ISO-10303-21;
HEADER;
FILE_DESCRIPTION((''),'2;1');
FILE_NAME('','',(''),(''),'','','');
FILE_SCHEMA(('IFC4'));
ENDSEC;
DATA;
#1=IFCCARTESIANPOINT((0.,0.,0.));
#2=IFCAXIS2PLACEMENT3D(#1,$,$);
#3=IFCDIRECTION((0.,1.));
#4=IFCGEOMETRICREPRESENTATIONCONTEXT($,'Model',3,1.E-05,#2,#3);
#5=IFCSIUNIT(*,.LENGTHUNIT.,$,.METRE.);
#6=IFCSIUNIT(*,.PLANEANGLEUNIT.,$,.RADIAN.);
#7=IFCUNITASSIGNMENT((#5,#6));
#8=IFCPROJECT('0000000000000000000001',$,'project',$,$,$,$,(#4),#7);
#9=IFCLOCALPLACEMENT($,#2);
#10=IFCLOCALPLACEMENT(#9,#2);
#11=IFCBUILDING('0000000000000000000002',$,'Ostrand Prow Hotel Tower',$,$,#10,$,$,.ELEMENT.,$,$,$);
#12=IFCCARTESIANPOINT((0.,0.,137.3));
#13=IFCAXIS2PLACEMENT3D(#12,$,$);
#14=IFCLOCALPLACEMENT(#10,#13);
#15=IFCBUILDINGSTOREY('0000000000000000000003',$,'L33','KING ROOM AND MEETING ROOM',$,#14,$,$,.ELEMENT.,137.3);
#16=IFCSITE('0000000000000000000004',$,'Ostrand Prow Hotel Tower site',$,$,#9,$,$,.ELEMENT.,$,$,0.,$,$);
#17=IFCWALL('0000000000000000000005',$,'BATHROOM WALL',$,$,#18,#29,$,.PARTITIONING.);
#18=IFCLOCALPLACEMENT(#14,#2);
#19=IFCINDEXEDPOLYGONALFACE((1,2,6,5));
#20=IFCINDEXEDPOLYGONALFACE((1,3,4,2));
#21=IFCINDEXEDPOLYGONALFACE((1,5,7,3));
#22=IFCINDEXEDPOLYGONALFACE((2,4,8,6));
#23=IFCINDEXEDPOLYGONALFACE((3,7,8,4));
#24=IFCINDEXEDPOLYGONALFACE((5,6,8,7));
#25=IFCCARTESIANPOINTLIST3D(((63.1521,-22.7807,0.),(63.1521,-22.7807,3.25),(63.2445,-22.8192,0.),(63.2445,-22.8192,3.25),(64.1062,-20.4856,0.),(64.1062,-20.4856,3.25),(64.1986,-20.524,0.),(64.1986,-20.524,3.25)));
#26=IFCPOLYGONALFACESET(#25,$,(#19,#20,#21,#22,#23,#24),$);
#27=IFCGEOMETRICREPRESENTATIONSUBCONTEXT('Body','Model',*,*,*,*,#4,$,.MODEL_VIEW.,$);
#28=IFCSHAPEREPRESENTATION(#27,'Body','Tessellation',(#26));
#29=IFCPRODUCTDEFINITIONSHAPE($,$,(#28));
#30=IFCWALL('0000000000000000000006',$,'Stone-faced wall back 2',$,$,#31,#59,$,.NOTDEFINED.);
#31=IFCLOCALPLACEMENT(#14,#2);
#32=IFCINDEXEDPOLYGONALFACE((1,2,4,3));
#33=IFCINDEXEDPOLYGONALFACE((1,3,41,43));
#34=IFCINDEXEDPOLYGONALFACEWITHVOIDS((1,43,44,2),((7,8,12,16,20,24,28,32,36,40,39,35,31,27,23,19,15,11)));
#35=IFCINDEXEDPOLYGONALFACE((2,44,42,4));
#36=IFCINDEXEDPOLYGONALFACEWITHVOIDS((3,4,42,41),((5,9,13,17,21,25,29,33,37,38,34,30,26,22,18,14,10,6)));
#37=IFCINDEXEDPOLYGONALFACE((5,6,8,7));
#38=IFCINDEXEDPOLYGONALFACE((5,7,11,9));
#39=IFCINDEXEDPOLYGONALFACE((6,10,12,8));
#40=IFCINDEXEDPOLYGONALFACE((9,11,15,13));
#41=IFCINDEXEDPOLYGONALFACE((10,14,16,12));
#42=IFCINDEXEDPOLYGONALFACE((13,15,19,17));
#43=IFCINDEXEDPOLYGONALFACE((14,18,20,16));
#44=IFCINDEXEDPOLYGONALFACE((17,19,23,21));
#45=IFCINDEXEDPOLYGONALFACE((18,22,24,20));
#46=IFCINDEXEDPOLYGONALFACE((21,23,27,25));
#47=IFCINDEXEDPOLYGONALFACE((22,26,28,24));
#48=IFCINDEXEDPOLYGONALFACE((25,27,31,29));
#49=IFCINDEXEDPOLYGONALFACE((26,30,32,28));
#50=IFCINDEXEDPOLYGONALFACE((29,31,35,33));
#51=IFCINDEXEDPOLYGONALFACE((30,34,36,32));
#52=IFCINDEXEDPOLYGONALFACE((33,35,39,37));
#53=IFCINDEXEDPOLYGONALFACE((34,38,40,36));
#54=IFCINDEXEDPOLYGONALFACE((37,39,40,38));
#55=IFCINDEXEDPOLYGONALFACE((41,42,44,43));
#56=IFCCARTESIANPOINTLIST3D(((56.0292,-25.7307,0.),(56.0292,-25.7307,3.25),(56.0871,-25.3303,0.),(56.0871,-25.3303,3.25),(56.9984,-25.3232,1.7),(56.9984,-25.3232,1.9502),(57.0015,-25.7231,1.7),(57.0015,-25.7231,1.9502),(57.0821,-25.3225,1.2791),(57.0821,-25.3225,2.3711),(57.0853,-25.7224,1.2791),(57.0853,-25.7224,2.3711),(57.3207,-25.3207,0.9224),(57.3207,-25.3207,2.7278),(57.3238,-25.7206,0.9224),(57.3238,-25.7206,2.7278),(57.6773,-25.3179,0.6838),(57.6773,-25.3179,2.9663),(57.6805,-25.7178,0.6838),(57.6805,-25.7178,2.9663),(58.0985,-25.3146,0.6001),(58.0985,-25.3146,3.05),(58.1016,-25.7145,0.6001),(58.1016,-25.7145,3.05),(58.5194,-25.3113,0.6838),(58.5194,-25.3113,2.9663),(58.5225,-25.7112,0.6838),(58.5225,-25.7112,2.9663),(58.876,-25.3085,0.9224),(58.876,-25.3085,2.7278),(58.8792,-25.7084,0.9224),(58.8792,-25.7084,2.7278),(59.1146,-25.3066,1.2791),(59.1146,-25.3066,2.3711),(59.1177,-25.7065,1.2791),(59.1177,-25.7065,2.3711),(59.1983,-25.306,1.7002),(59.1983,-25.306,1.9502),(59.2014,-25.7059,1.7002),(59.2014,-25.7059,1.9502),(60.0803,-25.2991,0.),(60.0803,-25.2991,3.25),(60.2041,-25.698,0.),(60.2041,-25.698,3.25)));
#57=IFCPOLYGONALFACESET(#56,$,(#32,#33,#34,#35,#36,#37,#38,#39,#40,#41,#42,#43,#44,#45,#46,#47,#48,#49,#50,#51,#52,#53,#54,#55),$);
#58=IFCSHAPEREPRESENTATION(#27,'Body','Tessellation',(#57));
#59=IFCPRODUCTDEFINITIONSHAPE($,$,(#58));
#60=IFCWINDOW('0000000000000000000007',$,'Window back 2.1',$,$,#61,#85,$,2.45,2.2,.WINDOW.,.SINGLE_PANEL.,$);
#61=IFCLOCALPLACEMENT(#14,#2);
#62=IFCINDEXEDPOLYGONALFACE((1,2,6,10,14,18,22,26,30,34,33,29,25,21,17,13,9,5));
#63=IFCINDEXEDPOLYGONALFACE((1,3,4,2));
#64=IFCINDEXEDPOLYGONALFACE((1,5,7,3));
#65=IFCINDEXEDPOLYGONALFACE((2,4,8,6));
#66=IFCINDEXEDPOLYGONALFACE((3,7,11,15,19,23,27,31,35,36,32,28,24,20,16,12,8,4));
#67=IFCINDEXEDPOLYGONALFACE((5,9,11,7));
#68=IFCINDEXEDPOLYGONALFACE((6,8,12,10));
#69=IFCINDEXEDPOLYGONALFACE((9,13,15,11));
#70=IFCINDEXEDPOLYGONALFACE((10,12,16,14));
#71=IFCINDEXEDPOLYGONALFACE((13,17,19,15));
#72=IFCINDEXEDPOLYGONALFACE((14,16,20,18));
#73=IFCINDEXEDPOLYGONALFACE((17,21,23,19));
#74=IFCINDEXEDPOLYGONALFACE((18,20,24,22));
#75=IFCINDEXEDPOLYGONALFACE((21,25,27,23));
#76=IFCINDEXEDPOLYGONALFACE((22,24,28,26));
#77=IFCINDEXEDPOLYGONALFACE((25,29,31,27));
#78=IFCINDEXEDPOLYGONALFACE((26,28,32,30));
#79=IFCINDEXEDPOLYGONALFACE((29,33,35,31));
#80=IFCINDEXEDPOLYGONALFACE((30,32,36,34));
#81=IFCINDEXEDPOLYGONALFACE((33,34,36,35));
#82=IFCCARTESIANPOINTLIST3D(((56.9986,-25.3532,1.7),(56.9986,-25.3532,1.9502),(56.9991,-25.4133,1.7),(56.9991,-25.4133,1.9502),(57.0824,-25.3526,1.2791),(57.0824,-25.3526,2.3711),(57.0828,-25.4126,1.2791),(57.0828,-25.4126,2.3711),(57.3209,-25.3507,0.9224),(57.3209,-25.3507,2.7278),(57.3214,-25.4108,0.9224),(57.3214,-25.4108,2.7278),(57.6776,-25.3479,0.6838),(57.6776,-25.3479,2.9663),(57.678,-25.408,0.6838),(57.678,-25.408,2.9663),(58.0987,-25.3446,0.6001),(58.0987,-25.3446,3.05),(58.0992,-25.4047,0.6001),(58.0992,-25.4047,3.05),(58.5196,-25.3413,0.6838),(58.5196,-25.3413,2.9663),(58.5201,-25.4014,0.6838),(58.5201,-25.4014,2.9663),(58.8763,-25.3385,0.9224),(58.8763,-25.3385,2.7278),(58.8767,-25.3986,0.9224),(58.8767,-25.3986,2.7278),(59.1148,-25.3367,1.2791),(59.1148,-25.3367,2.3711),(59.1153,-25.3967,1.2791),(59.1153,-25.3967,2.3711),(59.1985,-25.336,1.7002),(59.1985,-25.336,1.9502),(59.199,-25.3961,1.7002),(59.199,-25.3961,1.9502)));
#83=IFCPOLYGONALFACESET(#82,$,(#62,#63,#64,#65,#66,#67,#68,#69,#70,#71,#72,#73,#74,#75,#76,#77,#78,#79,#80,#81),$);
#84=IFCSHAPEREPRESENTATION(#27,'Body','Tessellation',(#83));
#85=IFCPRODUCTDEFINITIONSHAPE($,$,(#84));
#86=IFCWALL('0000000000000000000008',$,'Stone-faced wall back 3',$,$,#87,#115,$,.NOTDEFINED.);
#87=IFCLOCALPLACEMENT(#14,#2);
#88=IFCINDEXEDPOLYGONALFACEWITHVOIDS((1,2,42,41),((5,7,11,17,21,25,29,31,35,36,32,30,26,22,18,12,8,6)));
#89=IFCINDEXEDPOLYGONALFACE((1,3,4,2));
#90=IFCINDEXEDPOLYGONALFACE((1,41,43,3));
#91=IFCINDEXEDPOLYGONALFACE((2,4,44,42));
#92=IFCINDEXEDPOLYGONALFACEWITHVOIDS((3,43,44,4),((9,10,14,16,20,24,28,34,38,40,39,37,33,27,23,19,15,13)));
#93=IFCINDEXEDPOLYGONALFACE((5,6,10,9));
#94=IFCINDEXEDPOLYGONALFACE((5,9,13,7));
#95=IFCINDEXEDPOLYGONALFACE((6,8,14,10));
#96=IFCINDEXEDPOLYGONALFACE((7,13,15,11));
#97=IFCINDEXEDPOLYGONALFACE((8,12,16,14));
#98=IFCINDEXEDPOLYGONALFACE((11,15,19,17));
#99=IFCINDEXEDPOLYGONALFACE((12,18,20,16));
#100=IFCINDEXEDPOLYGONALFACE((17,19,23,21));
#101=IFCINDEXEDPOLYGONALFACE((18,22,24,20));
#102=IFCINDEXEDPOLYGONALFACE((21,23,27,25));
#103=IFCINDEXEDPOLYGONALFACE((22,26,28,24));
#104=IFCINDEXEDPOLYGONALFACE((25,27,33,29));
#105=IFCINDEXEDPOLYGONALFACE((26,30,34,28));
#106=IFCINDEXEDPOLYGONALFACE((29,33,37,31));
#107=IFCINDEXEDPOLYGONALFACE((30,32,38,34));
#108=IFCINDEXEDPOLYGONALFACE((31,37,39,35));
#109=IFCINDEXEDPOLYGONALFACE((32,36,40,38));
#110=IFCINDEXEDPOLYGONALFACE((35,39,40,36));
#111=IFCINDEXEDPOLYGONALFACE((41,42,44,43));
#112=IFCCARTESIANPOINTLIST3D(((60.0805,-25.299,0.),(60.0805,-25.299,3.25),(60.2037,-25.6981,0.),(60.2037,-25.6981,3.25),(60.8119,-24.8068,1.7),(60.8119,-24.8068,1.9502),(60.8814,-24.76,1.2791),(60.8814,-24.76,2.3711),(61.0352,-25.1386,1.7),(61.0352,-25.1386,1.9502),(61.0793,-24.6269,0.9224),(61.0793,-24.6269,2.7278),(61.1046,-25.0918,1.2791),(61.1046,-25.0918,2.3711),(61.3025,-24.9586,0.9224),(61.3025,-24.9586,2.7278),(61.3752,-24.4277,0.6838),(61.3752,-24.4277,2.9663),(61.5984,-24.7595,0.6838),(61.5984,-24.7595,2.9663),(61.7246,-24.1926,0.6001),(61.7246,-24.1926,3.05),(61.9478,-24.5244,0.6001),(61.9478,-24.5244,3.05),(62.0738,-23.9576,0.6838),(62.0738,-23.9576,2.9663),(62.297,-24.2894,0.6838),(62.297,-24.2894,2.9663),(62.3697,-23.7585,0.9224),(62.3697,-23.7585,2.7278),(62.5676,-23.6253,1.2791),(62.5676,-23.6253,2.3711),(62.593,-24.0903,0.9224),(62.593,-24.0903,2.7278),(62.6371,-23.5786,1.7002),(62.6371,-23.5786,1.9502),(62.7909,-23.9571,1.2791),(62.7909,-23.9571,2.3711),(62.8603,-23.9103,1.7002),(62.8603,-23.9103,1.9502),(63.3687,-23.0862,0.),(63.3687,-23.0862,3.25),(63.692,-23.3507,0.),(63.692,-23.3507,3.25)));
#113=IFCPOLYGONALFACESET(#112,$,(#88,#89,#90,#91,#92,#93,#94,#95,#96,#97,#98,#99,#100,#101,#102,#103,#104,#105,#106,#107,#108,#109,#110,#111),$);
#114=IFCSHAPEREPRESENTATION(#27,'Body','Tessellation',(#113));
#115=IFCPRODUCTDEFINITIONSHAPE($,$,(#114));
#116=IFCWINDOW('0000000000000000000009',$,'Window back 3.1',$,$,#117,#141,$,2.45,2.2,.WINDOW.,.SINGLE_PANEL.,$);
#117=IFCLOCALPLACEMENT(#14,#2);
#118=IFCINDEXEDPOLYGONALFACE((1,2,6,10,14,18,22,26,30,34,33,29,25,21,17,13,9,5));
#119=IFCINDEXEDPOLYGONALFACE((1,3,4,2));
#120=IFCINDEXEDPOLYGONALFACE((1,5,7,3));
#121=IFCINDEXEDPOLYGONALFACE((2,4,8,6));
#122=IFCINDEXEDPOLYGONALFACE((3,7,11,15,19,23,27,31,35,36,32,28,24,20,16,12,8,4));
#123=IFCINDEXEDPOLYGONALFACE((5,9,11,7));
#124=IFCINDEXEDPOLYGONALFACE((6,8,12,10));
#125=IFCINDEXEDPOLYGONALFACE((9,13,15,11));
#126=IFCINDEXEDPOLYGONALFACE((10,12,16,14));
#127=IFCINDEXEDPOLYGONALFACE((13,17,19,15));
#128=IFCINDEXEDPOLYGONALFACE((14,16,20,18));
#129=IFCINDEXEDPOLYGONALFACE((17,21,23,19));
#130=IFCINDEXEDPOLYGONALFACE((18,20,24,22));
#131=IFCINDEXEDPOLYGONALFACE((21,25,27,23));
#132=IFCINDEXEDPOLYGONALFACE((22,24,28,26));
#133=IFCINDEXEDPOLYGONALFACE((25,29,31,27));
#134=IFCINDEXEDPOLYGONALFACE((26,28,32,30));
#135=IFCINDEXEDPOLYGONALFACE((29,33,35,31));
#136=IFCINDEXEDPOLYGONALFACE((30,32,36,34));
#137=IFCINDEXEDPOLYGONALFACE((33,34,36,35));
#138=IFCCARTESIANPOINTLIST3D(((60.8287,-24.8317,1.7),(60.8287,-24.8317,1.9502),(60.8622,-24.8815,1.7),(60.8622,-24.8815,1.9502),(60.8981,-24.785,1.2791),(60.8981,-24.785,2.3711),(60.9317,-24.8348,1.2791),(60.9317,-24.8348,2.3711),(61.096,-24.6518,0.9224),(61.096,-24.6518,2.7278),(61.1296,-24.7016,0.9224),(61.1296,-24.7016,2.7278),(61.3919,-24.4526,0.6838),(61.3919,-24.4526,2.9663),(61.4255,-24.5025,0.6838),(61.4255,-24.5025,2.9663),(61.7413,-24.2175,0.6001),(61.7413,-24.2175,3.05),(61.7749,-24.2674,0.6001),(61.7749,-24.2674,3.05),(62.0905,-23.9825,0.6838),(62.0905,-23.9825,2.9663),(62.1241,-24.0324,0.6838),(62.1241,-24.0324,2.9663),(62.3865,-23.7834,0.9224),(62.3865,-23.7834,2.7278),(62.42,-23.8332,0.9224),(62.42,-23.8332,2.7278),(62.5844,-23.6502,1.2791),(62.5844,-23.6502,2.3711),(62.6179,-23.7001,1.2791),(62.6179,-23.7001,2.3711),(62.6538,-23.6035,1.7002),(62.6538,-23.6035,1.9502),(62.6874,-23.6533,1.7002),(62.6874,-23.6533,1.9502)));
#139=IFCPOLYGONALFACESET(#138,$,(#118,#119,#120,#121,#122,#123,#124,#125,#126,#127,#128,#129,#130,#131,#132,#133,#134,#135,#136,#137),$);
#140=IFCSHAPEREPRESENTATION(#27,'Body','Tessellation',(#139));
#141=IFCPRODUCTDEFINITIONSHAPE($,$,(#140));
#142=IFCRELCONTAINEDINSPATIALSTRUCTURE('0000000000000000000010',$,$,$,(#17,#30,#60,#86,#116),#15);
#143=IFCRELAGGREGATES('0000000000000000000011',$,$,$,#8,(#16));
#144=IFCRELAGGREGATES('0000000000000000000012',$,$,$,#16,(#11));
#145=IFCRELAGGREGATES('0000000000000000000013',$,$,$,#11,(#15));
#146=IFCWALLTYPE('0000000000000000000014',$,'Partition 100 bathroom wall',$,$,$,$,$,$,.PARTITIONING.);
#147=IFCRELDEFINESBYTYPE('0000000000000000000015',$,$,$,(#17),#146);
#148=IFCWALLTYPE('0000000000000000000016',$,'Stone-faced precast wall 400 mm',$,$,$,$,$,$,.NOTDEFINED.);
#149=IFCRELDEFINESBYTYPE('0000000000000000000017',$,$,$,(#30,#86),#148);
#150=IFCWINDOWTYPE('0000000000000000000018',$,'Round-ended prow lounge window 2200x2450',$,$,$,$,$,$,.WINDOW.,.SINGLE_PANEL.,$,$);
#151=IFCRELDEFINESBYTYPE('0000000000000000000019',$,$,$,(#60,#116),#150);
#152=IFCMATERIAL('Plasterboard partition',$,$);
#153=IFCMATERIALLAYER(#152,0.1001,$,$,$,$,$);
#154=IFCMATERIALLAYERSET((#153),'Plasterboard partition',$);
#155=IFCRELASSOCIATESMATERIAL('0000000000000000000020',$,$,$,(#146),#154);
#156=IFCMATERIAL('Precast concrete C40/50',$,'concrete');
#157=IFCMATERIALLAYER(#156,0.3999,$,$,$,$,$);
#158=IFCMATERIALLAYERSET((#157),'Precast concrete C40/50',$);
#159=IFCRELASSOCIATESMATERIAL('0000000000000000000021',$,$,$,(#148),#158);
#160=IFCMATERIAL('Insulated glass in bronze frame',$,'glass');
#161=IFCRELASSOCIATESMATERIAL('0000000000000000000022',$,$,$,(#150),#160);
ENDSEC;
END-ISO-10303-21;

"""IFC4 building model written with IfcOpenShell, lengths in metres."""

from ifc_helpers import new_model, si_unit, direction, frame, frame_2d, origin, place, context, subcontext, project, spatial, polyline, rectangle, outline, extrude, material, layer, layer_set, type_object, element, fill, save


model = new_model("IFC4")

# Units and contexts
model_context = context("Model", 3, precision=1e-05, world=origin(), true_north=direction((0.0, 1.0)))
body_context = subcontext(model_context, "Body", "Model", "MODEL_VIEW")
ifc_project = project(units=[si_unit("LENGTHUNIT", "METRE"), si_unit("PLANEANGLEUNIT", "RADIAN")], contexts=[model_context])

# Site, building, storey
site_placement = place(None, origin())
site = spatial("IfcSite", under=ifc_project, at=site_placement, Name="Ostrand Prow Hotel Tower site", CompositionType="ELEMENT", RefElevation=0.0)
building_placement = place(site_placement, origin())
building = spatial("IfcBuilding", under=site, at=building_placement, Name="Ostrand Prow Hotel Tower", CompositionType="ELEMENT")
storey_placement = place(building_placement, frame((0.0, 0.0, 137.3)))
storey = spatial("IfcBuildingStorey", under=building, at=storey_placement, Name="L33", Description="KING ROOM AND MEETING ROOM", CompositionType="ELEMENT", Elevation=137.3)

# Shared definitions
ifc_material_1 = material(Name="Plasterboard partition")
ifc_layer_1 = layer(ifc_material_1, 0.1001)
ifc_layer_set_1 = layer_set([ifc_layer_1], Name="Plasterboard partition")
wall_type_1 = type_object("IfcWallType", Name="Partition 100 bathroom wall", PredefinedType="PARTITIONING", material=ifc_layer_set_1)

# Wall
wall_1_placement = place(storey_placement, frame((64.1523, -20.5049, 0.0), z_axis=(0.0, 0.0, 1.0), x_axis=(-0.383855, -0.923393, 0.0)))
element("IfcWall", 1, at=wall_1_placement, inside=storey, type_object=wall_type_1, Name="BATHROOM WALL", PredefinedType="PARTITIONING", context=body_context, shape_type="SweptSolid", body=[
    extrude(rectangle(XDim=2.4856, YDim=0.1001, at=frame_2d((1.2427, 0.0))), origin(), (0.0, 0.0, 1.0), 3.25),
])

# Walls, openings, windows
ifc_material_2 = material(Name="Precast concrete C40/50", Category="concrete")
ifc_layer_2 = layer(ifc_material_2, 0.3999)
ifc_layer_set_2 = layer_set([ifc_layer_2], Name="Precast concrete C40/50")
wall_type_2 = type_object("IfcWallType", Name="Stone-faced precast wall 400 mm", PredefinedType="NOTDEFINED", material=ifc_layer_set_2)
wall_2_placement = place(storey_placement, frame((56.0581, -25.5305, 0.0), z_axis=(0.0, 0.0, 1.0), x_axis=(0.999969, 0.007831, 0.0)))
wall_2 = element("IfcWall", 2, at=wall_2_placement, inside=storey, type_object=wall_type_2, Name="Stone-faced wall back 2", PredefinedType="NOTDEFINED", context=body_context, shape_type="SweptSolid", body=[
    extrude(outline(polyline([(-0.0305, -0.2), (4.1445, -0.2), (4.0239, 0.2), (0.0305, 0.2), (-0.0305, -0.2)])), origin(), (0.0, 0.0, 1.0), 3.25),
])
opening_1_placement = place(wall_2_placement, frame((0.9419, 0.0, 0.6001)))
opening_1 = element("IfcOpeningElement", 3, at=opening_1_placement, cuts=wall_2, PredefinedType="OPENING", context=body_context, shape_type="SweptSolid", body=[
    extrude(outline(polyline([(0.0, 1.3501), (0.0837, 1.771), (0.3223, 2.1277), (0.679, 2.3662), (1.1001, 2.45), (1.521, 2.3662), (1.8777, 2.1277), (2.1162, 1.771), (2.2, 1.3501), (2.2, 1.1001), (2.1162, 0.679), (1.8777, 0.3223), (1.521, 0.0837), (1.1001, 0.0), (0.679, 0.0837), (0.3223, 0.3223), (0.0837, 0.679), (0.0, 1.0999), (0.0, 1.3501)])), frame((0.0, 0.21, 0.0), z_axis=(0.0, -1.0, 0.0), x_axis=(1.0, 0.0, 0.0)), (0.0, 0.0, 1.0), 0.4199),
])
ifc_material_3 = material(Name="Insulated glass in bronze frame", Category="glass")
window_type_1 = type_object("IfcWindowType", Name="Round-ended prow lounge window 2200x2450", PartitioningType="SINGLE_PANEL", PredefinedType="WINDOW", material=ifc_material_3)
window_1_placement = place(opening_1_placement, origin())
window_1 = element("IfcWindow", 4, at=window_1_placement, inside=storey, type_object=window_type_1, Name="Window back 2.1", OverallHeight=2.45, OverallWidth=2.2, PartitioningType="SINGLE_PANEL", PredefinedType="WINDOW", context=body_context, shape_type="SweptSolid", body=[
    extrude(outline(polyline([(0.0, 1.3501), (0.0837, 1.771), (0.3223, 2.1277), (0.679, 2.3662), (1.1001, 2.45), (1.521, 2.3662), (1.8777, 2.1277), (2.1162, 1.771), (2.2, 1.3501), (2.2, 1.1001), (2.1162, 0.679), (1.8777, 0.3223), (1.521, 0.0837), (1.1001, 0.0), (0.679, 0.0837), (0.3223, 0.3223), (0.0837, 0.679), (0.0, 1.0999), (0.0, 1.3501)])), frame((0.0, 0.1699, 0.0), z_axis=(0.0, -1.0, 0.0), x_axis=(1.0, 0.0, 0.0)), (0.0, 0.0, 1.0), 0.0601),
])
fill(opening_1, window_1)
wall_3_placement = place(storey_placement, frame((60.1421, -25.4985, 0.0), z_axis=(0.0, 0.0, 1.0), x_axis=(0.829642, 0.558296, 0.0)))
wall_3 = element("IfcWall", 5, at=wall_3_placement, inside=storey, type_object=wall_type_2, Name="Stone-faced wall back 3", PredefinedType="NOTDEFINED", context=body_context, shape_type="SweptSolid", body=[
    extrude(outline(polyline([(-0.0603, -0.2), (4.1443, -0.2), (4.0237, 0.2), (0.0603, 0.2), (-0.0603, -0.2)])), origin(), (0.0, 0.0, 1.0), 3.25),
])
opening_2_placement = place(wall_3_placement, frame((0.9419, 0.0, 0.6001)))
opening_2 = element("IfcOpeningElement", 6, at=opening_2_placement, cuts=wall_3, PredefinedType="OPENING", context=body_context, shape_type="SweptSolid", body=[
    extrude(outline(polyline([(0.0, 1.3501), (0.0837, 1.771), (0.3223, 2.1277), (0.679, 2.3662), (1.1001, 2.45), (1.521, 2.3662), (1.8777, 2.1277), (2.1162, 1.771), (2.2, 1.3501), (2.2, 1.1001), (2.1162, 0.679), (1.8777, 0.3223), (1.521, 0.0837), (1.1001, 0.0), (0.679, 0.0837), (0.3223, 0.3223), (0.0837, 0.679), (0.0, 1.0999), (0.0, 1.3501)])), frame((0.0, 0.21, 0.0), z_axis=(0.0, -1.0, 0.0), x_axis=(1.0, 0.0, 0.0)), (0.0, 0.0, 1.0), 0.4199),
])
window_2_placement = place(opening_2_placement, origin())
window_2 = element("IfcWindow", 7, at=window_2_placement, inside=storey, type_object=window_type_1, Name="Window back 3.1", OverallHeight=2.45, OverallWidth=2.2, PartitioningType="SINGLE_PANEL", PredefinedType="WINDOW", context=body_context, shape_type="SweptSolid", body=[
    extrude(outline(polyline([(0.0, 1.3501), (0.0837, 1.771), (0.3223, 2.1277), (0.679, 2.3662), (1.1001, 2.45), (1.521, 2.3662), (1.8777, 2.1277), (2.1162, 1.771), (2.2, 1.3501), (2.2, 1.1001), (2.1162, 0.679), (1.8777, 0.3223), (1.521, 0.0837), (1.1001, 0.0), (0.679, 0.0837), (0.3223, 0.3223), (0.0837, 0.679), (0.0, 1.0999), (0.0, 1.3501)])), frame((0.0, 0.1699, 0.0), z_axis=(0.0, -1.0, 0.0), x_axis=(1.0, 0.0, 0.0)), (0.0, 0.0, 1.0), 0.0601),
])
fill(opening_2, window_2)

save(model, "model.ifc")
